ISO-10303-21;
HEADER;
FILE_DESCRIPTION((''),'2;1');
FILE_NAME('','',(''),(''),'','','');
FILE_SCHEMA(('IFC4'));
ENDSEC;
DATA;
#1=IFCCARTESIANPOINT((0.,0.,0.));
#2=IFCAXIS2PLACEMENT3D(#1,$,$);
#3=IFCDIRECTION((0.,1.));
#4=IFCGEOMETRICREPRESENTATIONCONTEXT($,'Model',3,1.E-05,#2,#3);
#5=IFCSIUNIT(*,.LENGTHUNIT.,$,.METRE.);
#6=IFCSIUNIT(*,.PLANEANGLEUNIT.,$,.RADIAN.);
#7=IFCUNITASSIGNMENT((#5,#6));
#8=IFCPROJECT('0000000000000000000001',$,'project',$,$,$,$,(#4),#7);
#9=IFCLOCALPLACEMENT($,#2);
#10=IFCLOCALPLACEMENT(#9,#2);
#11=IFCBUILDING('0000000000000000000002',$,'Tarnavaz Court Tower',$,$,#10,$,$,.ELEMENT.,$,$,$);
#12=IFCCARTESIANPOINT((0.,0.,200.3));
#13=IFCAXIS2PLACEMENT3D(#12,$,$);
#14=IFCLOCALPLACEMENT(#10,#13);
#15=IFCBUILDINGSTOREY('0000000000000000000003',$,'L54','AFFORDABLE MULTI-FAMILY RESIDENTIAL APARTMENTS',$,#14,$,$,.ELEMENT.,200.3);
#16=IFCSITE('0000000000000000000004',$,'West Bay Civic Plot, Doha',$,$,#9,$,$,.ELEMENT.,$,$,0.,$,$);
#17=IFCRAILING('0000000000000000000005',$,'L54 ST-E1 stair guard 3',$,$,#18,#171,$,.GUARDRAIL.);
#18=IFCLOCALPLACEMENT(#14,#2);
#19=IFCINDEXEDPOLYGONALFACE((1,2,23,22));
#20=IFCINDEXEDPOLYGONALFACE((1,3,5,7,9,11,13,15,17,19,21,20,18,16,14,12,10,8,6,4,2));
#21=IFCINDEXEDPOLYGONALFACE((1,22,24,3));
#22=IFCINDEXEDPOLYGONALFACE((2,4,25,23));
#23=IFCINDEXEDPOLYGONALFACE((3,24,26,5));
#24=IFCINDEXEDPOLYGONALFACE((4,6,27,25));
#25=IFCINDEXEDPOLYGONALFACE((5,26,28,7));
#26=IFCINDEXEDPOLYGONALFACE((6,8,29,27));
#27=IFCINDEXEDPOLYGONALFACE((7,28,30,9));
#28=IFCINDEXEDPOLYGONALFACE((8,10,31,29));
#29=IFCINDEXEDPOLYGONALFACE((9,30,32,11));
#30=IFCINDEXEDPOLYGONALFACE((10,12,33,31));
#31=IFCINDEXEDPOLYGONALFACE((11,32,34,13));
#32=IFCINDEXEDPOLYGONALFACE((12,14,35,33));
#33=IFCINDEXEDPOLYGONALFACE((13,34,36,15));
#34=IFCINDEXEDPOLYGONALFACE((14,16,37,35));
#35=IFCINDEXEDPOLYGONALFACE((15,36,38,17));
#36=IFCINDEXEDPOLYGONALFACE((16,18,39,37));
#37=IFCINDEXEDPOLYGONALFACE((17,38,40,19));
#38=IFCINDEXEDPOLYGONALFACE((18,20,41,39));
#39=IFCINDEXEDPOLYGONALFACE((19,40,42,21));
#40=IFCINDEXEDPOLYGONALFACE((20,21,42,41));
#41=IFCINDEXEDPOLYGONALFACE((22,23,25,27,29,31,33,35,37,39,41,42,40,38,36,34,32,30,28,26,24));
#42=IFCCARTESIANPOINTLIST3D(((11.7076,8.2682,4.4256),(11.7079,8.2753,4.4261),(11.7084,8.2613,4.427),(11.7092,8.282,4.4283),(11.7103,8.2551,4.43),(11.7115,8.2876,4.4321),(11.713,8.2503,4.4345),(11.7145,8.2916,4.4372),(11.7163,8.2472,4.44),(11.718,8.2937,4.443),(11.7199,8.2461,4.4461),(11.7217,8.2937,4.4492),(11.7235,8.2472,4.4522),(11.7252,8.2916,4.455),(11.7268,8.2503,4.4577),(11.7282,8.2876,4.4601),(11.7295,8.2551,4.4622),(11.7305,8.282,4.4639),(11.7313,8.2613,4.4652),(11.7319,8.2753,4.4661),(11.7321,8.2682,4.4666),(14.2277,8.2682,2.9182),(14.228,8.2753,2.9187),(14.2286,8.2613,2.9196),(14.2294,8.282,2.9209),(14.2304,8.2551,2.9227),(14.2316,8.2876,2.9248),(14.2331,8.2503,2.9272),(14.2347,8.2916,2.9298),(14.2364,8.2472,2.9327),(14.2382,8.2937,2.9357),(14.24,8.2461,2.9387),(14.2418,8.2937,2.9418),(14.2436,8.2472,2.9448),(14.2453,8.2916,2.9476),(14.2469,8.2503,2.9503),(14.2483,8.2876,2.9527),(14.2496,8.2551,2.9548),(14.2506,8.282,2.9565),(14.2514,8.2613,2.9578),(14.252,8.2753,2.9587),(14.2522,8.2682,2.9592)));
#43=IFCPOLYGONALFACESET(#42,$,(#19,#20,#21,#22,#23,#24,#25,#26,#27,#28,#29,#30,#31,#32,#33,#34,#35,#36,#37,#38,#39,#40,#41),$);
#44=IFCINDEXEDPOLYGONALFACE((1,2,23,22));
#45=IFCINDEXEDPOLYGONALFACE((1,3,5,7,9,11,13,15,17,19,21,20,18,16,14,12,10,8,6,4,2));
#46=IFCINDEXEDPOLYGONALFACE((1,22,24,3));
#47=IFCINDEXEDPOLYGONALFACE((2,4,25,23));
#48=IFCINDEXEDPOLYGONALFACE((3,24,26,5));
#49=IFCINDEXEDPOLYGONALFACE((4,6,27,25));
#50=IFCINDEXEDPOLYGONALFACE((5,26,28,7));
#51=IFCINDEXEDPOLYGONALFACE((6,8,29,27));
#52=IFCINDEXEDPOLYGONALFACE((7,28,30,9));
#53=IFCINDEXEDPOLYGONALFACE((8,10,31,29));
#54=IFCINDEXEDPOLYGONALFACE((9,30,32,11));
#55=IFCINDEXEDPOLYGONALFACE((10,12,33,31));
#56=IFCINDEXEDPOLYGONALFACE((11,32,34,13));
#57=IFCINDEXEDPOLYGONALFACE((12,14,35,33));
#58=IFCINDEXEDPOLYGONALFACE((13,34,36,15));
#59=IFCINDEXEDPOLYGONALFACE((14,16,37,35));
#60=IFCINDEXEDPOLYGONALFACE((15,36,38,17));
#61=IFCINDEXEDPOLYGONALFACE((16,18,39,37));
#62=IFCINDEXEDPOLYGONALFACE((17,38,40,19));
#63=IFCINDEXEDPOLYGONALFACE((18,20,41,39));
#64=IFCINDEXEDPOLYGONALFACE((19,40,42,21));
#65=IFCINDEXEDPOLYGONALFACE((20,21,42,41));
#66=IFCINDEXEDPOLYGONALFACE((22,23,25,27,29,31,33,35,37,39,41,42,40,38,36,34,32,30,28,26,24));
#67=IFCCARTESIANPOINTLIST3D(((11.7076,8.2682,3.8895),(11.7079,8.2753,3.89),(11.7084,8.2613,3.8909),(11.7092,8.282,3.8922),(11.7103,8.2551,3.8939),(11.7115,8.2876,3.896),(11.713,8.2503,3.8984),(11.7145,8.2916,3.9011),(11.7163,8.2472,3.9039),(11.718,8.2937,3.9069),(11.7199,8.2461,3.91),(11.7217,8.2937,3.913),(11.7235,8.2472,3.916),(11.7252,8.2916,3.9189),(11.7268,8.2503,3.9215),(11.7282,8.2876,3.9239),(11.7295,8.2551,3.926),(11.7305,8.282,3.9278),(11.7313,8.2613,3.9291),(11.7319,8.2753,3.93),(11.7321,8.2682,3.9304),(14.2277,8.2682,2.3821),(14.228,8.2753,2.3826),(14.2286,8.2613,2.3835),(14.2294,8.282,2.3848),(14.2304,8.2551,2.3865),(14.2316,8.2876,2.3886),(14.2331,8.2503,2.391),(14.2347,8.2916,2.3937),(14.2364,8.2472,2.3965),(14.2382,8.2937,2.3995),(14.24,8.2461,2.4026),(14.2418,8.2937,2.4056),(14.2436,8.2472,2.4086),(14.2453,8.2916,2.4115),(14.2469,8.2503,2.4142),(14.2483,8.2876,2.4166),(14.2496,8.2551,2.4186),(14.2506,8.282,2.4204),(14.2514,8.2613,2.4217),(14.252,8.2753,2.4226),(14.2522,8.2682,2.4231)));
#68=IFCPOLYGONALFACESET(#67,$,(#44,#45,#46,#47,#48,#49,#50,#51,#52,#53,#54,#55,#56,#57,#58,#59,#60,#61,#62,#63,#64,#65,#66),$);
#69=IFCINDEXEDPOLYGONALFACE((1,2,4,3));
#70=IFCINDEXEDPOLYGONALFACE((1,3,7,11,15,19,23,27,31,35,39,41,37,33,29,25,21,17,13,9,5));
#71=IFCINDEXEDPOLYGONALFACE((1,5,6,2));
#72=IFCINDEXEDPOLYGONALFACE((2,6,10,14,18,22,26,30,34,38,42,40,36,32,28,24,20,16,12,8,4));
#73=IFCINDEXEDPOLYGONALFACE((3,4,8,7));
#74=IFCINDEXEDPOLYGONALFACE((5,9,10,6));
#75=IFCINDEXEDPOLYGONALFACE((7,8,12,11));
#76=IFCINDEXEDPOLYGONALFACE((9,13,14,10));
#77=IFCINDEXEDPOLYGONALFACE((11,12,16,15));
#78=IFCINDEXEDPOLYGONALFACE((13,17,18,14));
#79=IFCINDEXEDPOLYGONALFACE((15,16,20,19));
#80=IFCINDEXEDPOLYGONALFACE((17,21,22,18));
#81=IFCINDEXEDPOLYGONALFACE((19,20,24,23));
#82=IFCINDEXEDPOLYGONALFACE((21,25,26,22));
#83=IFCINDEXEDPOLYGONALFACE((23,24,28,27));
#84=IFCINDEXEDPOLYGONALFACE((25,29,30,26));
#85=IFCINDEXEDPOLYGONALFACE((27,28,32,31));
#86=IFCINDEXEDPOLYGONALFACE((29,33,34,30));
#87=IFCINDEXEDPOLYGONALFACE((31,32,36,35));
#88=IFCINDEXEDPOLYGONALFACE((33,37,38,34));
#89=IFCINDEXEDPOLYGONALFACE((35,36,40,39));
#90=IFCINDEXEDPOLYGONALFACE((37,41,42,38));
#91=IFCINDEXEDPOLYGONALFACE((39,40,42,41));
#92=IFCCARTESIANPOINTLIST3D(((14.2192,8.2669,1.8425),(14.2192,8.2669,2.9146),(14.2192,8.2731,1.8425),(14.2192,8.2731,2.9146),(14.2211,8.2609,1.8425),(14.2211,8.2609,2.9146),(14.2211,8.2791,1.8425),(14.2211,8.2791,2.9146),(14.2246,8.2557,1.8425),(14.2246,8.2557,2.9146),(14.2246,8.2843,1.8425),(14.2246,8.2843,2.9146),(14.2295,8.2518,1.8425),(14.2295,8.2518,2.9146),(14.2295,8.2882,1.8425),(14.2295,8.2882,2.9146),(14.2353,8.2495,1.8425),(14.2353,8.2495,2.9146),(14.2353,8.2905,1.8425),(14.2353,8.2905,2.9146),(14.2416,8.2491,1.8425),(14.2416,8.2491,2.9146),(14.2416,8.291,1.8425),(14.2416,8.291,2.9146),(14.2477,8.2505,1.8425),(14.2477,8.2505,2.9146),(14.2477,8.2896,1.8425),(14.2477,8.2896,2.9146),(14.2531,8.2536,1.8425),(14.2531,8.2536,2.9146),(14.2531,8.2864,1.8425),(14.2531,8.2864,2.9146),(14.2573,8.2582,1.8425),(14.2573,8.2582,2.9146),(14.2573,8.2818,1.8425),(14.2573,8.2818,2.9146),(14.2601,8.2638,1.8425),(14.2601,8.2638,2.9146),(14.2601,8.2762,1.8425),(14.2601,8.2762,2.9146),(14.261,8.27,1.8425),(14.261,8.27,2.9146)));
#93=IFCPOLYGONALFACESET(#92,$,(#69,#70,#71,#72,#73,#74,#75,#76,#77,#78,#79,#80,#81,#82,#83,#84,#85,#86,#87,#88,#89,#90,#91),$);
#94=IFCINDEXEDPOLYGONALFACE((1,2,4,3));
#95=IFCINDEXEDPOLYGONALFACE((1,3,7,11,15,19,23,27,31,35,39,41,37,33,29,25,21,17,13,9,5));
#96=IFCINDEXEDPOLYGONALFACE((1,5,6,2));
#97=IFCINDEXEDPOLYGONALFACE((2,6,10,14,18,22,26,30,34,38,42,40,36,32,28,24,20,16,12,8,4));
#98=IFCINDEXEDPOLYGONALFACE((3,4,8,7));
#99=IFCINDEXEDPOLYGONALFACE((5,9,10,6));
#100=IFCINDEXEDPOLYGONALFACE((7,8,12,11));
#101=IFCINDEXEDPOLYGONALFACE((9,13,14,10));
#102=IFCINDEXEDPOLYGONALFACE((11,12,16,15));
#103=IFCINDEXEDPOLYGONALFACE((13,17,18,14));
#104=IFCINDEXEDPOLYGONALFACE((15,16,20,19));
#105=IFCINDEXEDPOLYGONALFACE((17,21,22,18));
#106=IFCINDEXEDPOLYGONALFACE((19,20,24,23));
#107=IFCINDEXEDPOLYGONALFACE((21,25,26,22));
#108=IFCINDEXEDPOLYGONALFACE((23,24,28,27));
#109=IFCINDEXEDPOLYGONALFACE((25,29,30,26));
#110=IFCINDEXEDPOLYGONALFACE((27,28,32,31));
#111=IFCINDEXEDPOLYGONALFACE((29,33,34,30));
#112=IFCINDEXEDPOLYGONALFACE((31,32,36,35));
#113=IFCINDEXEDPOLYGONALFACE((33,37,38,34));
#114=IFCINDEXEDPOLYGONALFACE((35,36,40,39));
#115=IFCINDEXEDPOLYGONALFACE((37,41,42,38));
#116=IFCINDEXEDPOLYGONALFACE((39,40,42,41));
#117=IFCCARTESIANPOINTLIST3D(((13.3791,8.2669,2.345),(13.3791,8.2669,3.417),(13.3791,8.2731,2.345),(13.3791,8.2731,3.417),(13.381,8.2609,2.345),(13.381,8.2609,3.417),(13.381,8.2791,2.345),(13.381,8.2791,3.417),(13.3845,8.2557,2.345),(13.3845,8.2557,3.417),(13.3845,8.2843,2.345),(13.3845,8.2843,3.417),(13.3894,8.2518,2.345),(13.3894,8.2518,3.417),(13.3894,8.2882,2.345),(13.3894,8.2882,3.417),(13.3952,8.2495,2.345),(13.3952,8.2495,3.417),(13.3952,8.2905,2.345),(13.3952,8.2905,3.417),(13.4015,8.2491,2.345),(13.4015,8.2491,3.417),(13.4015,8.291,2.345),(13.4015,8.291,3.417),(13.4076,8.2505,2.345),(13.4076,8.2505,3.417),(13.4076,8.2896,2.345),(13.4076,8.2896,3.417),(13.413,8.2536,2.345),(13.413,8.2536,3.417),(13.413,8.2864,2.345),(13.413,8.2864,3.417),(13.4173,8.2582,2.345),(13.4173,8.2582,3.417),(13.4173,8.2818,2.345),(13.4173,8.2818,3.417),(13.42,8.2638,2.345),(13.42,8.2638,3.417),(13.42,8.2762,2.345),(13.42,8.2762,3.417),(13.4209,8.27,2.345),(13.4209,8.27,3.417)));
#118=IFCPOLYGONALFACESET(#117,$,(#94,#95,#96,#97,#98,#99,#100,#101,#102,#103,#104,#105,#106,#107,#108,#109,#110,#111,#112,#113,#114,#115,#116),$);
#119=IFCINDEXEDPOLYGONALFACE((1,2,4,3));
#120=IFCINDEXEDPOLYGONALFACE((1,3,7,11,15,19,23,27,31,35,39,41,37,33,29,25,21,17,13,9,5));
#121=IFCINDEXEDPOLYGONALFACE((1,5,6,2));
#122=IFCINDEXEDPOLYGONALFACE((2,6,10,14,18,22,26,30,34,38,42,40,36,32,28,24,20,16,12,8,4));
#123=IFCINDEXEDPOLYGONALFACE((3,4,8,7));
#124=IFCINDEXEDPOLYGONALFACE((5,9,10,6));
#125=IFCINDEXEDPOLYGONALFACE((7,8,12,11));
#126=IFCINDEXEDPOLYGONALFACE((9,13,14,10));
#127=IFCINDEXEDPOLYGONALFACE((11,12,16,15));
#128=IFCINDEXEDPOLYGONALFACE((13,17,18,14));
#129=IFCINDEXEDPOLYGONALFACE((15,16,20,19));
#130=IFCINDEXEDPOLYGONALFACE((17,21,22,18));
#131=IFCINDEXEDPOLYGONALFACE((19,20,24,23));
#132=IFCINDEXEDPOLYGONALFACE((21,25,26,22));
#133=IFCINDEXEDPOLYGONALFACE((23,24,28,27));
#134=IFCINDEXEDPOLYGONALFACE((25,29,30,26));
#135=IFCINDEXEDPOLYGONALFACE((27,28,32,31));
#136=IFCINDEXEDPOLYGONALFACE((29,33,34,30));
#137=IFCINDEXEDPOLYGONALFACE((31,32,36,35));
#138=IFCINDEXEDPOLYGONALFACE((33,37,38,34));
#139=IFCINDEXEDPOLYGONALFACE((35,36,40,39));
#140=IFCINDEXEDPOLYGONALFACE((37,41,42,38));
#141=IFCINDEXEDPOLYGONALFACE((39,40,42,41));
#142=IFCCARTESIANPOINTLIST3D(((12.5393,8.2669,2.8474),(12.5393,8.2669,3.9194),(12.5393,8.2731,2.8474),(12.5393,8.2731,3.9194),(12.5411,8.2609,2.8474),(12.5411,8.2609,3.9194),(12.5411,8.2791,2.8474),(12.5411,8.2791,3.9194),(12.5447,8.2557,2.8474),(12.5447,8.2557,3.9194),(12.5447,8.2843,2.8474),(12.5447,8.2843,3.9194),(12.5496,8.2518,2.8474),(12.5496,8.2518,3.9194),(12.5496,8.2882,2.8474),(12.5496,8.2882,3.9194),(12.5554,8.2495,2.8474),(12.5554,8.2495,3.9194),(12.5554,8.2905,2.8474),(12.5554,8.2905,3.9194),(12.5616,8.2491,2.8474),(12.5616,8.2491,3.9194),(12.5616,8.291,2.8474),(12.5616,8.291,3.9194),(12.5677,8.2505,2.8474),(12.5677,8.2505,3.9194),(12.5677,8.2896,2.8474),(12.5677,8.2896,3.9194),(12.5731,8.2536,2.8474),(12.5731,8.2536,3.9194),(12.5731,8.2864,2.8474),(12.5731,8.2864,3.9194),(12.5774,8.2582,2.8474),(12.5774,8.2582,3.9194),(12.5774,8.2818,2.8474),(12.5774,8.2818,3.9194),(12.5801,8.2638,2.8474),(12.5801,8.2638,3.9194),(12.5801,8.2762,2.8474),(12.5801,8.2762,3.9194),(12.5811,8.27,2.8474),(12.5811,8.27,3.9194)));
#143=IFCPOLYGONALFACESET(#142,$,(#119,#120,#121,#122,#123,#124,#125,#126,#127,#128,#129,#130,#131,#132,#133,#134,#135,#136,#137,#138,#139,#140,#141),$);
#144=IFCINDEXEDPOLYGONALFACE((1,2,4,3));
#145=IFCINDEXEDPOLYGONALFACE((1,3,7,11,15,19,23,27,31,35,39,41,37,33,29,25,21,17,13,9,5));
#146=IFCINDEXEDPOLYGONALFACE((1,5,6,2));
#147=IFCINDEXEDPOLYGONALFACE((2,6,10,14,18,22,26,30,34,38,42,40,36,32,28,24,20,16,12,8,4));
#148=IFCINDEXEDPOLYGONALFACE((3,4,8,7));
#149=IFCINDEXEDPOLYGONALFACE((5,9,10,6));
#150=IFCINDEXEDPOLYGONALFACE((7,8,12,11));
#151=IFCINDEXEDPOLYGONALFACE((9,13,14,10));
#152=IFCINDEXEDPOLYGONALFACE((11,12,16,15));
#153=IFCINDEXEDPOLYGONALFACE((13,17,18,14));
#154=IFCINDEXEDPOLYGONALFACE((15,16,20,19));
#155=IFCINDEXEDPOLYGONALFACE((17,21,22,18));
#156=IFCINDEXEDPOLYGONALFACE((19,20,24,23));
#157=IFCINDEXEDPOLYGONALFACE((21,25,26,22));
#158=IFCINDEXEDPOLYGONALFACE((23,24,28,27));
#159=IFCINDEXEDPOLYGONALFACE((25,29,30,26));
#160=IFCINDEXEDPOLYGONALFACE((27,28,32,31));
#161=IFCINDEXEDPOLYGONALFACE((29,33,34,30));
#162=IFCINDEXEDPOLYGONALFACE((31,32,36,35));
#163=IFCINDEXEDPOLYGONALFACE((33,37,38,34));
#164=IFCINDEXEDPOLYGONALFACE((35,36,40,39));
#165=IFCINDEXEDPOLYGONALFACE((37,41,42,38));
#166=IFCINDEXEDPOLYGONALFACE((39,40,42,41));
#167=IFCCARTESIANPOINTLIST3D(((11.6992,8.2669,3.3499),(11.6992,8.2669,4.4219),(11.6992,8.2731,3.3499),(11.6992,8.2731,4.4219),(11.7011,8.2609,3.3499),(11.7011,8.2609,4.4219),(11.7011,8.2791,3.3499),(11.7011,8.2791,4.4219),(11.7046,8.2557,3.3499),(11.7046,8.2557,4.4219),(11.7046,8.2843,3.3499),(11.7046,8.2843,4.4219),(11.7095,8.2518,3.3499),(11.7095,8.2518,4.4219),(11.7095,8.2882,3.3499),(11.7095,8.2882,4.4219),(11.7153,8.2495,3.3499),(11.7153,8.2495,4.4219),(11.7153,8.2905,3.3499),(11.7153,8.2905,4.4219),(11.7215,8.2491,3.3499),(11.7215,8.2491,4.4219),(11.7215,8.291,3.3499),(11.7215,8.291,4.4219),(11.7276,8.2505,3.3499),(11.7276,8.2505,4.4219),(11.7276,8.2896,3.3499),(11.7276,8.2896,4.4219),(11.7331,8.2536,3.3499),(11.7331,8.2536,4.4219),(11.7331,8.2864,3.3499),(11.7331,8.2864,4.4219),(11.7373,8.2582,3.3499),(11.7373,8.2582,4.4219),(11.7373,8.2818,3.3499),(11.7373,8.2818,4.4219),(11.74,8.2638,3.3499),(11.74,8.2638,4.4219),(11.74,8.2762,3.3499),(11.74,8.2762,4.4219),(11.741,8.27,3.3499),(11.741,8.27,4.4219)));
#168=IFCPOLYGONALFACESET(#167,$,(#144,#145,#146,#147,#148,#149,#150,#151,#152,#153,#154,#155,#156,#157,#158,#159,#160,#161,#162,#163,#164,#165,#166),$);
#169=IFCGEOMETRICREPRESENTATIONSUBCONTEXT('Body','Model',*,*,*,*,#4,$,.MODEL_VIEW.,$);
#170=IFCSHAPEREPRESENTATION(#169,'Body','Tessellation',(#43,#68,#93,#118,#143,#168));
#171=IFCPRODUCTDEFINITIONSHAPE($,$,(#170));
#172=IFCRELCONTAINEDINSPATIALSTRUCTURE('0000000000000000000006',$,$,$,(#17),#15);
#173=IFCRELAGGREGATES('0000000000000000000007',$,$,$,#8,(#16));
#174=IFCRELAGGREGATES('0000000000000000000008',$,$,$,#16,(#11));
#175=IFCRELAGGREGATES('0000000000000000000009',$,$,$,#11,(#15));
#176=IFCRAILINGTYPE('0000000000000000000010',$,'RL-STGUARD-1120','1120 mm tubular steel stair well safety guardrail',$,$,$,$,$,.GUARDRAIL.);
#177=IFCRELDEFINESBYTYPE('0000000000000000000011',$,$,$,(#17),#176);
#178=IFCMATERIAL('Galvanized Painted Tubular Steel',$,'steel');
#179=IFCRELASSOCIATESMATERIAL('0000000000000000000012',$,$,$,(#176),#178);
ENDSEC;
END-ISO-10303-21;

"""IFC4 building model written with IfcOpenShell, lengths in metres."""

from ifc_helpers import new_model, si_unit, direction, frame, origin, origin_2d, place, context, subcontext, project, spatial, circle, extrude, material, type_object, element, save


model = new_model("IFC4")

# Units and contexts
model_context = context("Model", 3, precision=1e-05, world=origin(), true_north=direction((0.0, 1.0)))
body_context = subcontext(model_context, "Body", "Model", "MODEL_VIEW")
ifc_project = project(units=[si_unit("LENGTHUNIT", "METRE"), si_unit("PLANEANGLEUNIT", "RADIAN")], contexts=[model_context])

# Site, building, storey
site_placement = place(None, origin())
site = spatial("IfcSite", under=ifc_project, at=site_placement, Name="West Bay Civic Plot, Doha", CompositionType="ELEMENT", RefElevation=0.0)
building_placement = place(site_placement, origin())
building = spatial("IfcBuilding", under=site, at=building_placement, Name="Tarnavaz Court Tower", CompositionType="ELEMENT")
storey_placement = place(building_placement, frame((0.0, 0.0, 200.3)))
storey = spatial("IfcBuildingStorey", under=building, at=storey_placement, Name="L54", Description="AFFORDABLE MULTI-FAMILY RESIDENTIAL APARTMENTS", CompositionType="ELEMENT", Elevation=200.3)

# Railing
ifc_material_1 = material(Name="Galvanized Painted Tubular Steel", Category="steel")
railing_type_1 = type_object("IfcRailingType", Name="RL-STGUARD-1120", Description="1120 mm tubular steel stair well safety guardrail", PredefinedType="GUARDRAIL", material=ifc_material_1)
railing_1_placement = place(storey_placement, frame((14.24, 8.27, 1.8425)))
element("IfcRailing", 1, at=railing_1_placement, inside=storey, type_object=railing_type_1, Name="L54 ST-E1 stair guard 3", PredefinedType="GUARDRAIL", context=body_context, shape_type="SweptSolid", body=[
    extrude(circle(Radius=0.0239, at=origin_2d()), frame((0.0, 0.0, 1.0962), z_axis=(-0.858196, 0.0, 0.513321), x_axis=(0.0, -1.0, 0.0)), (0.0, 0.0, 1.0), 2.9365),
    extrude(circle(Radius=0.0239, at=origin_2d()), frame((0.0, 0.0, 0.5601), z_axis=(-0.858196, 0.0, 0.513321), x_axis=(0.0, -1.0, 0.0)), (0.0, 0.0, 1.0), 2.9365),
    extrude(circle(Radius=0.021, at=origin_2d()), origin(), (0.0, 0.0, 1.0), 1.072),
    extrude(circle(Radius=0.021, at=origin_2d()), frame((-0.8401, 0.0, 0.5024)), (0.0, 0.0, 1.0), 1.072),
    extrude(circle(Radius=0.021, at=origin_2d()), frame((-1.6799, 0.0, 1.0049)), (0.0, 0.0, 1.0), 1.072),
    extrude(circle(Radius=0.021, at=origin_2d()), frame((-2.52, 0.0, 1.5073)), (0.0, 0.0, 1.0), 1.072),
])

save(model, "model.ifc")
